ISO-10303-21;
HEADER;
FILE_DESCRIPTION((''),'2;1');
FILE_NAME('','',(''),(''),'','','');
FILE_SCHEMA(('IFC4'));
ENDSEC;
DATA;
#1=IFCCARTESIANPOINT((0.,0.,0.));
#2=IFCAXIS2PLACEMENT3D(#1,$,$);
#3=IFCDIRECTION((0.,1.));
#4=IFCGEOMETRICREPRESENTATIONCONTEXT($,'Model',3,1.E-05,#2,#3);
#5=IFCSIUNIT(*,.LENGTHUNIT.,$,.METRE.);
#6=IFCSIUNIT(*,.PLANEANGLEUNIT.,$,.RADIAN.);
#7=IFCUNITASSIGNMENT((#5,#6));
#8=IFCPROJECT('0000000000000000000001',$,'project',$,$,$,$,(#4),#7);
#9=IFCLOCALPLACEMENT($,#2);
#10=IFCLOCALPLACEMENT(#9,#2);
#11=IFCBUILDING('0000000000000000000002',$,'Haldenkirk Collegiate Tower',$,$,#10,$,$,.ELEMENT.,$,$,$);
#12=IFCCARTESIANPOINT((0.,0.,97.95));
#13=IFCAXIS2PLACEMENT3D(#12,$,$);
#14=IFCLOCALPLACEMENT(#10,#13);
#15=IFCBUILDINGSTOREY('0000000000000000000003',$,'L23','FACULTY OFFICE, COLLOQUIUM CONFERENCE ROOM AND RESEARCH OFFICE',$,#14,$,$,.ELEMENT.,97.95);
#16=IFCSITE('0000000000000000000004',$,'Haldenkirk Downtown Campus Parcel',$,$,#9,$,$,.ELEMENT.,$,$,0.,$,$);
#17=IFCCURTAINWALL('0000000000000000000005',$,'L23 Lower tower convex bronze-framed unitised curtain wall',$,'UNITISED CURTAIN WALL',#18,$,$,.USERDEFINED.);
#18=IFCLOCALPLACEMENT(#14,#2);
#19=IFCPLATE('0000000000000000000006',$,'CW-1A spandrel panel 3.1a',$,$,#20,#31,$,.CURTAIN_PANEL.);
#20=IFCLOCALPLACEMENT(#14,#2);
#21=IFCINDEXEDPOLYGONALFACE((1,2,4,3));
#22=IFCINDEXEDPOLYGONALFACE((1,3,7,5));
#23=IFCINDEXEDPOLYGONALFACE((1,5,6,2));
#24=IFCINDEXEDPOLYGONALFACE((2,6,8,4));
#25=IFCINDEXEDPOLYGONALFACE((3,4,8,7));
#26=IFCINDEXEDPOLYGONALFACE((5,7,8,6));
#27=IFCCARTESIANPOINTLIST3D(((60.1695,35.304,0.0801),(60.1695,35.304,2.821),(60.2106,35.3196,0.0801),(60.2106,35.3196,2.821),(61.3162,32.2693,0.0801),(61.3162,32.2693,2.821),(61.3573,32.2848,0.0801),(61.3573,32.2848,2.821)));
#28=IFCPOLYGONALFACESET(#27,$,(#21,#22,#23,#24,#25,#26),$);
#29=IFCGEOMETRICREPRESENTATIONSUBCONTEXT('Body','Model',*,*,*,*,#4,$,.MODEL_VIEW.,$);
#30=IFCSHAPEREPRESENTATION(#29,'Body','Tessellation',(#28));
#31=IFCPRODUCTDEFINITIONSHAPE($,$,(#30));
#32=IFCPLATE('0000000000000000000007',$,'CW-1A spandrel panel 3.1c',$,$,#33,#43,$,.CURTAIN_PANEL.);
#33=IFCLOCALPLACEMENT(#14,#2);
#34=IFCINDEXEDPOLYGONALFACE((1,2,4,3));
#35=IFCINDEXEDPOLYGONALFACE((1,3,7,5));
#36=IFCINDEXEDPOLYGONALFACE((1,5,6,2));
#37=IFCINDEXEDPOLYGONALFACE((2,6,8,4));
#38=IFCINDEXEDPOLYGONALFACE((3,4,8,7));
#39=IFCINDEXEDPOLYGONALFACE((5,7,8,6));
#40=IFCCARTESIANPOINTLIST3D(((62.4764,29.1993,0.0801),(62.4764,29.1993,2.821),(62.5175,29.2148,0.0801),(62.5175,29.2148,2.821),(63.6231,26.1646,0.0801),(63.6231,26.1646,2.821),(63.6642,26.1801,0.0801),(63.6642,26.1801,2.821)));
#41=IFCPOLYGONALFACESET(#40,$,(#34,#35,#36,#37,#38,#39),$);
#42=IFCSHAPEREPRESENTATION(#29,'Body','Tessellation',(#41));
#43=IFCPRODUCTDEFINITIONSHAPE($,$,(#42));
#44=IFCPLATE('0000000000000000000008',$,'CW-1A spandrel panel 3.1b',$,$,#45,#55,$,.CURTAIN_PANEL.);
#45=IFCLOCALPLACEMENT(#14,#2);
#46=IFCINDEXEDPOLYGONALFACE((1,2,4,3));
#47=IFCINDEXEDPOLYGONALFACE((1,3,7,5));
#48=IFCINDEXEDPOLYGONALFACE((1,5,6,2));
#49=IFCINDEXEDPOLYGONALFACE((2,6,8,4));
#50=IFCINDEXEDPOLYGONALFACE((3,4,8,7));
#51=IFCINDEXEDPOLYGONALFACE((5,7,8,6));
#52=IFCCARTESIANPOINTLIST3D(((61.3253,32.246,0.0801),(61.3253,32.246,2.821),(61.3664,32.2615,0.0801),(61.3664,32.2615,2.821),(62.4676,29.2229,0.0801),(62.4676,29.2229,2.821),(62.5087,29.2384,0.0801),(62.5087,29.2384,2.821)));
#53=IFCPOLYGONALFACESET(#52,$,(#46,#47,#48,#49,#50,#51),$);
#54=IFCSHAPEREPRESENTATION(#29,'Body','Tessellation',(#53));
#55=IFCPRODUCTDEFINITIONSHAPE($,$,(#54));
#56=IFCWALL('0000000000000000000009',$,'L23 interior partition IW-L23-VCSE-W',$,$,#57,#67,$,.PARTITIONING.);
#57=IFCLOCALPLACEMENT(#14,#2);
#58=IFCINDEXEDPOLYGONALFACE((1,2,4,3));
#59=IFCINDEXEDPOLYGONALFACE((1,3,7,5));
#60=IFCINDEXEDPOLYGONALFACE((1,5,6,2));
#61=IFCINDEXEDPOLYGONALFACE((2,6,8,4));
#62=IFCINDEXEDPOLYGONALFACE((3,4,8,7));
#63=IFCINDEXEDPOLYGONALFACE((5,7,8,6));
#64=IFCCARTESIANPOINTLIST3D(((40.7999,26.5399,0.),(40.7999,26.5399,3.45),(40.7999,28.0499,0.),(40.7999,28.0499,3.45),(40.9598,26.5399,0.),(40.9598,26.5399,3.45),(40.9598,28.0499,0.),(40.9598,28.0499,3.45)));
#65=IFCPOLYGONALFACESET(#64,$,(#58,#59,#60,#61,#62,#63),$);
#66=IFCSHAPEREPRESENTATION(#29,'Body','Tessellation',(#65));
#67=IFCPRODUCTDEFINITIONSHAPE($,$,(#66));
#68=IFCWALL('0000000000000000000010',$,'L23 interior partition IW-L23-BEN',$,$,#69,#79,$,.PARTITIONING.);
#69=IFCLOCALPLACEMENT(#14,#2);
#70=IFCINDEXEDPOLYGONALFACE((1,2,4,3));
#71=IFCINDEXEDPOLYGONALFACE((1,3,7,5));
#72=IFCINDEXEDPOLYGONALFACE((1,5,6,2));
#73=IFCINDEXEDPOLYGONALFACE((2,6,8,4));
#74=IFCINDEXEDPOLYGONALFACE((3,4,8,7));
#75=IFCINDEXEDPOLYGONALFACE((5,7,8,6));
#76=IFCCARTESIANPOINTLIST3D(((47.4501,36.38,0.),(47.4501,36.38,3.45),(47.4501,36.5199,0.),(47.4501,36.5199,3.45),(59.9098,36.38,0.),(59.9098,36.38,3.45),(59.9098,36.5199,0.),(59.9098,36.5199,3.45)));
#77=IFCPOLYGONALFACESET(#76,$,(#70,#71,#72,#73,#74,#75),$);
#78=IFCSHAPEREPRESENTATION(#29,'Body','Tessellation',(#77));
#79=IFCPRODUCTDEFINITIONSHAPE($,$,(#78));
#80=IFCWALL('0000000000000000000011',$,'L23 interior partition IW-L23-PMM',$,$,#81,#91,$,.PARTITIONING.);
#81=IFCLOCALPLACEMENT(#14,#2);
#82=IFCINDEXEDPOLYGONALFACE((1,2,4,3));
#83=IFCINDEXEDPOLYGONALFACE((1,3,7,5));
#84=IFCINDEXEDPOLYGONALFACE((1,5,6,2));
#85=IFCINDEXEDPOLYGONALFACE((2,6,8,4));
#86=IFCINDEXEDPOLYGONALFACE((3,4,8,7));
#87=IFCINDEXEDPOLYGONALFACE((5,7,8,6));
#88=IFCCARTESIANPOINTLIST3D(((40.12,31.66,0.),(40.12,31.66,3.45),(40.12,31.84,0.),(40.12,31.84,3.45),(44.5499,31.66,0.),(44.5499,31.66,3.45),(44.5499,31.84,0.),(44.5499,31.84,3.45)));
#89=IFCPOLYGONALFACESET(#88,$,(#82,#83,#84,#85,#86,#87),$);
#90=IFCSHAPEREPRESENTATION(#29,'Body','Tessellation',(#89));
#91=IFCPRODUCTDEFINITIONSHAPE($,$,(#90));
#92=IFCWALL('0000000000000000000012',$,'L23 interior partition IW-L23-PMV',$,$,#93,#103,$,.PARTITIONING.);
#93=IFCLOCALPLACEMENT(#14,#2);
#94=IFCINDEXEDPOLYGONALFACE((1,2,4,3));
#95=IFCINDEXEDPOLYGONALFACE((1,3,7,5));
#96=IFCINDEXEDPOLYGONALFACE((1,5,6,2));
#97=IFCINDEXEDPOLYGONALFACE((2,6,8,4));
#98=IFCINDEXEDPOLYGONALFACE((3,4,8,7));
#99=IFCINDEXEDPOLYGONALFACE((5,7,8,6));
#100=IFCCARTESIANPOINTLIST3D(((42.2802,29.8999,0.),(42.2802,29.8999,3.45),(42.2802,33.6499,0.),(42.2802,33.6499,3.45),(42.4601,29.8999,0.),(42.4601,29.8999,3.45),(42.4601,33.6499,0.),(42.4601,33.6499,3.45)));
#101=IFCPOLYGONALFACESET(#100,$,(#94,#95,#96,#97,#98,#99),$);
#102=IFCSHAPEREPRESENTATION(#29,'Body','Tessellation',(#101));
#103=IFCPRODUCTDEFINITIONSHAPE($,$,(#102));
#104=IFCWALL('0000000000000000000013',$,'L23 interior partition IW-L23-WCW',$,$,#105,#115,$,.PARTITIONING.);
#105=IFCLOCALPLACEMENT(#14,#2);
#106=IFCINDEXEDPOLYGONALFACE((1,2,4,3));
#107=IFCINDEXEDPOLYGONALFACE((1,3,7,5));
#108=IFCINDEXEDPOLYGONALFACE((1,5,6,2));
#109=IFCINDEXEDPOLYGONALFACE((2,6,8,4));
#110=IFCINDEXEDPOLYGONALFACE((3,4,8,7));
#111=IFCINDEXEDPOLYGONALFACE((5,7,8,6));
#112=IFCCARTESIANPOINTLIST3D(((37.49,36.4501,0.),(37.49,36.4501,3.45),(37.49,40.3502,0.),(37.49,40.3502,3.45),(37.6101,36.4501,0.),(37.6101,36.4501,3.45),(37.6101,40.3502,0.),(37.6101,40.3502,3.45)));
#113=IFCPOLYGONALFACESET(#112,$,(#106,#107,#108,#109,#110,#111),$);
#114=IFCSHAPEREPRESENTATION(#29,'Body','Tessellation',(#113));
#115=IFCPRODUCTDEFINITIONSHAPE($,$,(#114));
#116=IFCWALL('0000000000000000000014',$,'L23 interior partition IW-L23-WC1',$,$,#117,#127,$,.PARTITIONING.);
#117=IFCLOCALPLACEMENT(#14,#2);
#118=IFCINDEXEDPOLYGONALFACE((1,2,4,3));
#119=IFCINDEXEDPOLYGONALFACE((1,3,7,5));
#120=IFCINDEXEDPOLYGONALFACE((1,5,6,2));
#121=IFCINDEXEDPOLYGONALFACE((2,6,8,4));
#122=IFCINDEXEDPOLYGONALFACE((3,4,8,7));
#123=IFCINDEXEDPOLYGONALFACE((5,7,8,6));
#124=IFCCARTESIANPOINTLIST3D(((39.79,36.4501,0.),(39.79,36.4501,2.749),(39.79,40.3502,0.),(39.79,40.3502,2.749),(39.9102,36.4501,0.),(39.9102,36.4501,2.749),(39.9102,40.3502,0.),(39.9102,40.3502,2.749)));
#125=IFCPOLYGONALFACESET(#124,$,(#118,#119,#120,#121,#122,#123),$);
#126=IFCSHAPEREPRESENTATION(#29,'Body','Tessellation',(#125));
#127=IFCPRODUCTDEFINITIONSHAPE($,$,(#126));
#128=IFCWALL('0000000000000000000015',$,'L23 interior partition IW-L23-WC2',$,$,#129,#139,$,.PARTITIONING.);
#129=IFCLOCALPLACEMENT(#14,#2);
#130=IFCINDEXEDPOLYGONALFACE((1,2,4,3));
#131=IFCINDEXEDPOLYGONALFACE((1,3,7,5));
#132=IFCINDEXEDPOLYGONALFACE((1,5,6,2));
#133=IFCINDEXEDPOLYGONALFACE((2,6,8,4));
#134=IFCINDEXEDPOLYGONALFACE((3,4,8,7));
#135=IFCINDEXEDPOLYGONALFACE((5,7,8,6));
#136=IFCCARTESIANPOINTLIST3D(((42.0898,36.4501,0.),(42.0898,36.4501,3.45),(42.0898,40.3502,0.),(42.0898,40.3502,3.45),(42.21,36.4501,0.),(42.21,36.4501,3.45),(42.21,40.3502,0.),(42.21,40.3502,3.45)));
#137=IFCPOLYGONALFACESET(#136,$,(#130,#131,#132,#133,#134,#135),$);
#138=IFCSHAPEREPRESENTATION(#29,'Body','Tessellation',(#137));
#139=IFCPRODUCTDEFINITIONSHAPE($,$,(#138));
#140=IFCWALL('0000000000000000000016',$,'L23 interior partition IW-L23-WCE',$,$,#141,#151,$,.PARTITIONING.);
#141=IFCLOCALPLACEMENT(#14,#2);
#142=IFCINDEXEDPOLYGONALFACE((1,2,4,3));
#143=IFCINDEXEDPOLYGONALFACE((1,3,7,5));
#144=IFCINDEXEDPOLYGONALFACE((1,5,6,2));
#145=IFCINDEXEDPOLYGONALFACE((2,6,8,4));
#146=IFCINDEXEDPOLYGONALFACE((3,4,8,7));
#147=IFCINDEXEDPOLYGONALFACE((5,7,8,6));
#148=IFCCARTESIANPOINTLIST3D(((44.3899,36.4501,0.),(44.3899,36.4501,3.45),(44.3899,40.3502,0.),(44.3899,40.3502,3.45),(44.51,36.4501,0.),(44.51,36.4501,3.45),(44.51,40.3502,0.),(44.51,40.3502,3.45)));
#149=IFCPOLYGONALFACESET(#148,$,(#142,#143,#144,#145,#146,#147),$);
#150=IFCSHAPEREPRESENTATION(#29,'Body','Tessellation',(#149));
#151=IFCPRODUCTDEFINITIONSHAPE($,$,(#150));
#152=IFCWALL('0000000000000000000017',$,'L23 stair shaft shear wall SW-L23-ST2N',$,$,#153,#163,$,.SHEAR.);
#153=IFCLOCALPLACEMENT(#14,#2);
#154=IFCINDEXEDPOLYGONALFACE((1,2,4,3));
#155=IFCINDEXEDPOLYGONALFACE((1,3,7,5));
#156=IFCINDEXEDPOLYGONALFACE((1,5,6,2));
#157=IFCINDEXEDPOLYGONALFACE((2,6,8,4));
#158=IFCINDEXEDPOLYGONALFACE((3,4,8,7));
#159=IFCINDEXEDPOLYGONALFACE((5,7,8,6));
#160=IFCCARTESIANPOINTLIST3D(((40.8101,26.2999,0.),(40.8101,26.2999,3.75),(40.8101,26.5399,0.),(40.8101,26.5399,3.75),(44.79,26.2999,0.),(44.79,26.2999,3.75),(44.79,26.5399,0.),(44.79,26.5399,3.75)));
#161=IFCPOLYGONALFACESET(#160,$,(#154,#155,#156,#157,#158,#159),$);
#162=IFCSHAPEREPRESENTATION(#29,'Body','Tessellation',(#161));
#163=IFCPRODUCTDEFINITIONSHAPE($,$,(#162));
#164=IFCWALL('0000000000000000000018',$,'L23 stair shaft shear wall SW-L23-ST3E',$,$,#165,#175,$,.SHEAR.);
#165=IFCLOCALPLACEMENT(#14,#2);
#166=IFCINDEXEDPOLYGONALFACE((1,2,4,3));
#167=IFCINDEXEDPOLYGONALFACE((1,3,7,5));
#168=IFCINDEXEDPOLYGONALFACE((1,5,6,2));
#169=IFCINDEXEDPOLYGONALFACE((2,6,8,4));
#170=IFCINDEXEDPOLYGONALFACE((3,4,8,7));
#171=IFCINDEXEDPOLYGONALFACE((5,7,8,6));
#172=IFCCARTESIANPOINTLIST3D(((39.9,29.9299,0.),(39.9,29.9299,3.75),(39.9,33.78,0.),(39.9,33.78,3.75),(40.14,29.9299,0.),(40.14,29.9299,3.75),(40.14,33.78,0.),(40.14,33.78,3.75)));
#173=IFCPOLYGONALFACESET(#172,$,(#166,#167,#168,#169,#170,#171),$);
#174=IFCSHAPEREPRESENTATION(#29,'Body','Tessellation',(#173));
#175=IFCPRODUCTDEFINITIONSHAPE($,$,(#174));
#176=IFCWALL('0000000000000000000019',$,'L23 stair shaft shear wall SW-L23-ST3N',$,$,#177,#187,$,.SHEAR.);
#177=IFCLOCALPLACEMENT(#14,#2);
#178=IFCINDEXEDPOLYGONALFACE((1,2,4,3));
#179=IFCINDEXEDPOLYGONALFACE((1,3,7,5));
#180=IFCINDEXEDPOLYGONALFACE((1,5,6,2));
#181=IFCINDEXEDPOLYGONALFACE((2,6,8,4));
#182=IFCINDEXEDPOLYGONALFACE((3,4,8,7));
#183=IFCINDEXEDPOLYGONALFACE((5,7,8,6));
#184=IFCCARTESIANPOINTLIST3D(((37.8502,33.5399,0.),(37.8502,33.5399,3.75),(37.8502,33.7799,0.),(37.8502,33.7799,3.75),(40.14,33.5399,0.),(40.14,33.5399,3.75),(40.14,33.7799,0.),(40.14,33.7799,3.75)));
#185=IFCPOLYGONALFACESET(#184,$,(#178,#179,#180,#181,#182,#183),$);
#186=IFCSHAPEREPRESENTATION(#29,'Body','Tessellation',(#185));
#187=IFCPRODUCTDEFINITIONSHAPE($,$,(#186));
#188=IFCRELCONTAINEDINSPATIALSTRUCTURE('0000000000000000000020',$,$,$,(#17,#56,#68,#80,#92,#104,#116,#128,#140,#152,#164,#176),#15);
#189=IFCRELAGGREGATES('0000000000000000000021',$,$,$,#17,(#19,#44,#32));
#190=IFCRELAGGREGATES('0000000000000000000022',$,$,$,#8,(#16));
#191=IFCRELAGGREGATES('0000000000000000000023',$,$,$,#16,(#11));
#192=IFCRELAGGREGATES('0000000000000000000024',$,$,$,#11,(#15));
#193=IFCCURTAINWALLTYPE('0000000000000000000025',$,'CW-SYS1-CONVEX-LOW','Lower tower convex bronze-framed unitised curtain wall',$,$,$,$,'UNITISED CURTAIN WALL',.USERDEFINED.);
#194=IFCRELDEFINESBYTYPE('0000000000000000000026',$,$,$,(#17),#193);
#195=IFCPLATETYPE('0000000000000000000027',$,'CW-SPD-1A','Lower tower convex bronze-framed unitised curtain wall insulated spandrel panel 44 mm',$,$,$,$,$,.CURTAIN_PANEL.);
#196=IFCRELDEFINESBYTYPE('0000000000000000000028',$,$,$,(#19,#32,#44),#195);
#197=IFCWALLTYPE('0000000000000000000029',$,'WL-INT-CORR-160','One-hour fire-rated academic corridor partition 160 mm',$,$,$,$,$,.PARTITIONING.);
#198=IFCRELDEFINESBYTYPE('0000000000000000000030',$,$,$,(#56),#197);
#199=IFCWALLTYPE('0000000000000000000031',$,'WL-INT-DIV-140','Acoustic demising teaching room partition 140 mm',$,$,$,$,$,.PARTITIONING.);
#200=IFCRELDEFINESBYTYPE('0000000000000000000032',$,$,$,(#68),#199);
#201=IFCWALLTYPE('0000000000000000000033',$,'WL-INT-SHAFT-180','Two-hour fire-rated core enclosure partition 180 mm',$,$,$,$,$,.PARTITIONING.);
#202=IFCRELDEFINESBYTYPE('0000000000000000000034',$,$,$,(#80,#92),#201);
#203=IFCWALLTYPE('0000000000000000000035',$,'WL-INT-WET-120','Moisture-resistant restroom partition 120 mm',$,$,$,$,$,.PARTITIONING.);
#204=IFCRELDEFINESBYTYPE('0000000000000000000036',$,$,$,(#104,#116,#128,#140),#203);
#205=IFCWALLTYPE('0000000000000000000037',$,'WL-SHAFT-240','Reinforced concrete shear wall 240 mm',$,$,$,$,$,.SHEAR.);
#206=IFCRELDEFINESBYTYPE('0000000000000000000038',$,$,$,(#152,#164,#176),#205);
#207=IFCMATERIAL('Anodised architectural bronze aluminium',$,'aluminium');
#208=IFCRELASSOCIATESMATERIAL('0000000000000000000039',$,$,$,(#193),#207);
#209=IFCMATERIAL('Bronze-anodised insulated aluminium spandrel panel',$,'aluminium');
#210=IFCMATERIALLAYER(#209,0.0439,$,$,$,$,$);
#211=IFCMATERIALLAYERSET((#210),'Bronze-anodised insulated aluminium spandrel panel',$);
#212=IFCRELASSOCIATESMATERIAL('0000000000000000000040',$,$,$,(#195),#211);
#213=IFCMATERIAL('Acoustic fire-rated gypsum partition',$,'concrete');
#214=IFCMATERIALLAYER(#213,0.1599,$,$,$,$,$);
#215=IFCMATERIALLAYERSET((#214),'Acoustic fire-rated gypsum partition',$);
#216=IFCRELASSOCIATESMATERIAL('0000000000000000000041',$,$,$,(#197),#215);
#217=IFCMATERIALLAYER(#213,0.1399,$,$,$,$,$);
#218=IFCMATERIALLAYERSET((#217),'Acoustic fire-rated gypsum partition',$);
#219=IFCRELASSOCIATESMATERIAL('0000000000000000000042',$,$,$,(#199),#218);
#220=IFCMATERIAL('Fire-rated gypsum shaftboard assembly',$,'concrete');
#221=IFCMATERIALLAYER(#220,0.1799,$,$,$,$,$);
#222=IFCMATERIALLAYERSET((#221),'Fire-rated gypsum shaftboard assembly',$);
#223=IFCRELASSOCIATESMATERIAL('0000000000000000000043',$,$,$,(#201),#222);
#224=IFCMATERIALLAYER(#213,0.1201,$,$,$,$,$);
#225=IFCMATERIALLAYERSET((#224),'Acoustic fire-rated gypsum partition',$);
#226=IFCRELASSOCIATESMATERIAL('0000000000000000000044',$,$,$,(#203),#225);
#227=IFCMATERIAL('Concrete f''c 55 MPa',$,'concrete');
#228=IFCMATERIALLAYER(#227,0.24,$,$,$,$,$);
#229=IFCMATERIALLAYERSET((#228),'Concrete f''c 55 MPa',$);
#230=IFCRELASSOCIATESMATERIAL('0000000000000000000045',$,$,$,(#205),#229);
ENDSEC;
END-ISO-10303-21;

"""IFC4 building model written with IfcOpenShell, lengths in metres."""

from ifc_helpers import new_model, si_unit, direction, frame, frame_2d, origin, origin_2d, place, context, subcontext, project, spatial, rectangle, extrude, source, transform, mapped, material, layer, layer_set, type_object, element, aggregate, save


model = new_model("IFC4")

# Units and contexts
model_context = context("Model", 3, precision=1e-05, world=origin(), true_north=direction((0.0, 1.0)))
body_context = subcontext(model_context, "Body", "Model", "MODEL_VIEW")
ifc_project = project(units=[si_unit("LENGTHUNIT", "METRE"), si_unit("PLANEANGLEUNIT", "RADIAN")], contexts=[model_context])

# Site, building, storey
site_placement = place(None, origin())
site = spatial("IfcSite", under=ifc_project, at=site_placement, Name="Haldenkirk Downtown Campus Parcel", CompositionType="ELEMENT", RefElevation=0.0)
building_placement = place(site_placement, origin())
building = spatial("IfcBuilding", under=site, at=building_placement, Name="Haldenkirk Collegiate Tower", CompositionType="ELEMENT")
storey_placement = place(building_placement, frame((0.0, 0.0, 97.95)))
storey = spatial("IfcBuildingStorey", under=building, at=storey_placement, Name="L23", Description="FACULTY OFFICE, COLLOQUIUM CONFERENCE ROOM AND RESEARCH OFFICE", CompositionType="ELEMENT", Elevation=97.95)

# Curtain wall
ifc_material_1 = material(Name="Anodised architectural bronze aluminium", Category="aluminium")
curtain_wall_type = type_object("IfcCurtainWallType", Name="CW-SYS1-CONVEX-LOW", Description="Lower tower convex bronze-framed unitised curtain wall", ElementType="UNITISED CURTAIN WALL", PredefinedType="USERDEFINED", material=ifc_material_1)
curtain_wall_placement = place(storey_placement, origin())
curtain_wall = element("IfcCurtainWall", 1, at=curtain_wall_placement, inside=storey, type_object=curtain_wall_type, Name="L23 Lower tower convex bronze-framed unitised curtain wall", ObjectType="UNITISED CURTAIN WALL", PredefinedType="USERDEFINED")

# Plates
ifc_material_2 = material(Name="Bronze-anodised insulated aluminium spandrel panel", Category="aluminium")
ifc_layer_1 = layer(ifc_material_2, 0.0439)
ifc_layer_set_1 = layer_set([ifc_layer_1], Name="Bronze-anodised insulated aluminium spandrel panel")
plate_type = type_object("IfcPlateType", Name="CW-SPD-1A", Description="Lower tower convex bronze-framed unitised curtain wall insulated spandrel panel 44 mm", PredefinedType="CURTAIN_PANEL", material=ifc_layer_set_1)
shared_shape_1 = source(origin(), body_context, "Body", "SweptSolid", [
    extrude(rectangle(XDim=3.2441, YDim=0.0439, at=origin_2d()), origin(), (0.0, 0.0, 1.0), 2.741),
])
plate_1_placement = place(storey_placement, frame((60.7634, 33.7944, 0.0801), z_axis=(0.0, 0.0, 1.0), x_axis=(0.353477, -0.935443, 0.0)))
plate_1 = element("IfcPlate", 2, at=plate_1_placement, type_object=plate_type, Name="CW-1A spandrel panel 3.1a", PredefinedType="CURTAIN_PANEL", context=body_context, shape_type="MappedRepresentation", body=[
    mapped(shared_shape_1, transform((0.0, 0.0, 0.0), x_axis=(1.0, 0.0, 0.0), y_axis=(0.0, 1.0, 0.0), z_axis=(0.0, 0.0, 1.0), scale=1.0)),
])
plate_2_placement = place(storey_placement, frame((63.0703, 27.6897, 0.0801), z_axis=(0.0, 0.0, 1.0), x_axis=(0.353477, -0.935443, 0.0)))
plate_2 = element("IfcPlate", 3, at=plate_2_placement, type_object=plate_type, Name="CW-1A spandrel panel 3.1c", PredefinedType="CURTAIN_PANEL", context=body_context, shape_type="MappedRepresentation", body=[
    mapped(shared_shape_1, transform((0.0, 0.0, 0.0), x_axis=(1.0, 0.0, 0.0), y_axis=(0.0, 1.0, 0.0), z_axis=(0.0, 0.0, 1.0), scale=1.0)),
])
shared_shape_2 = source(origin(), body_context, "Body", "SweptSolid", [
    extrude(rectangle(XDim=3.2317, YDim=0.0439, at=origin_2d()), origin(), (0.0, 0.0, 1.0), 2.741),
])
plate_3_placement = place(storey_placement, frame((61.917, 30.7422, 0.0801), z_axis=(0.0, 0.0, 1.0), x_axis=(0.353477, -0.935443, 0.0)))
plate_3 = element("IfcPlate", 4, at=plate_3_placement, type_object=plate_type, Name="CW-1A spandrel panel 3.1b", PredefinedType="CURTAIN_PANEL", context=body_context, shape_type="MappedRepresentation", body=[
    mapped(shared_shape_2, transform((0.0, 0.0, 0.0), x_axis=(1.0, 0.0, 0.0), y_axis=(0.0, 1.0, 0.0), z_axis=(0.0, 0.0, 1.0), scale=1.0)),
])
aggregate(curtain_wall, [plate_1, plate_3, plate_2])

# Shared definitions
ifc_material_3 = material(Name="Acoustic fire-rated gypsum partition", Category="concrete")
ifc_layer_2 = layer(ifc_material_3, 0.1599)
ifc_layer_set_2 = layer_set([ifc_layer_2], Name="Acoustic fire-rated gypsum partition")
wall_type_1 = type_object("IfcWallType", Name="WL-INT-CORR-160", Description="One-hour fire-rated academic corridor partition 160 mm", PredefinedType="PARTITIONING", material=ifc_layer_set_2)

# Walls
wall_1_placement = place(storey_placement, frame((40.8799, 26.54, 0.0), z_axis=(0.0, 0.0, 1.0), x_axis=(0.0, 1.0, 0.0)))
element("IfcWall", 5, at=wall_1_placement, inside=storey, type_object=wall_type_1, Name="L23 interior partition IW-L23-VCSE-W", PredefinedType="PARTITIONING", context=body_context, shape_type="SweptSolid", body=[
    extrude(rectangle(XDim=1.51, YDim=0.1599, at=frame_2d((0.7549, 0.0))), origin(), (0.0, 0.0, 1.0), 3.45),
])
ifc_layer_3 = layer(ifc_material_3, 0.1399)
ifc_layer_set_3 = layer_set([ifc_layer_3], Name="Acoustic fire-rated gypsum partition")
wall_type_2 = type_object("IfcWallType", Name="WL-INT-DIV-140", Description="Acoustic demising teaching room partition 140 mm", PredefinedType="PARTITIONING", material=ifc_layer_set_3)
wall_2_placement = place(storey_placement, frame((47.45, 36.45, 0.0), z_axis=(0.0, 0.0, 1.0), x_axis=(1.0, 0.0, 0.0)))
element("IfcWall", 6, at=wall_2_placement, inside=storey, type_object=wall_type_2, Name="L23 interior partition IW-L23-BEN", PredefinedType="PARTITIONING", context=body_context, shape_type="SweptSolid", body=[
    extrude(rectangle(XDim=12.4597, YDim=0.1399, at=frame_2d((6.23, 0.0))), origin(), (0.0, 0.0, 1.0), 3.45),
])

# Shared definitions
ifc_material_4 = material(Name="Fire-rated gypsum shaftboard assembly", Category="concrete")
ifc_layer_4 = layer(ifc_material_4, 0.1799)
ifc_layer_set_4 = layer_set([ifc_layer_4], Name="Fire-rated gypsum shaftboard assembly")
wall_type_3 = type_object("IfcWallType", Name="WL-INT-SHAFT-180", Description="Two-hour fire-rated core enclosure partition 180 mm", PredefinedType="PARTITIONING", material=ifc_layer_set_4)

# Walls
wall_3_placement = place(storey_placement, frame((40.1201, 31.75, 0.0), z_axis=(0.0, 0.0, 1.0), x_axis=(1.0, 0.0, 0.0)))
element("IfcWall", 7, at=wall_3_placement, inside=storey, type_object=wall_type_3, Name="L23 interior partition IW-L23-PMM", PredefinedType="PARTITIONING", context=body_context, shape_type="SweptSolid", body=[
    extrude(rectangle(XDim=4.4299, YDim=0.1799, at=frame_2d((2.2148, 0.0))), origin(), (0.0, 0.0, 1.0), 3.45),
])
wall_4_placement = place(storey_placement, frame((42.3701, 29.8999, 0.0), z_axis=(0.0, 0.0, 1.0), x_axis=(0.0, 1.0, 0.0)))
element("IfcWall", 8, at=wall_4_placement, inside=storey, type_object=wall_type_3, Name="L23 interior partition IW-L23-PMV", PredefinedType="PARTITIONING", context=body_context, shape_type="SweptSolid", body=[
    extrude(rectangle(XDim=3.75, YDim=0.1799, at=frame_2d((1.875, 0.0))), origin(), (0.0, 0.0, 1.0), 3.45),
])
ifc_layer_5 = layer(ifc_material_3, 0.1201)
ifc_layer_set_5 = layer_set([ifc_layer_5], Name="Acoustic fire-rated gypsum partition")
wall_type_4 = type_object("IfcWallType", Name="WL-INT-WET-120", Description="Moisture-resistant restroom partition 120 mm", PredefinedType="PARTITIONING", material=ifc_layer_set_5)
wall_5_placement = place(storey_placement, frame((37.55, 36.45, 0.0), z_axis=(0.0, 0.0, 1.0), x_axis=(0.0, 1.0, 0.0)))
element("IfcWall", 9, at=wall_5_placement, inside=storey, type_object=wall_type_4, Name="L23 interior partition IW-L23-WCW", PredefinedType="PARTITIONING", context=body_context, shape_type="SweptSolid", body=[
    extrude(rectangle(XDim=3.9001, YDim=0.1201, at=frame_2d((1.9502, 0.0))), origin(), (0.0, 0.0, 1.0), 3.45),
])
wall_6_placement = place(storey_placement, frame((39.8501, 36.45, 0.0), z_axis=(0.0, 0.0, 1.0), x_axis=(0.0, 1.0, 0.0)))
element("IfcWall", 10, at=wall_6_placement, inside=storey, type_object=wall_type_4, Name="L23 interior partition IW-L23-WC1", PredefinedType="PARTITIONING", context=body_context, shape_type="SweptSolid", body=[
    extrude(rectangle(XDim=3.9001, YDim=0.1201, at=frame_2d((1.9502, 0.0))), origin(), (0.0, 0.0, 1.0), 2.749),
])
for number, where, z_axis, x_axis, name in (
    (11, (42.1499, 36.45, 0.0), (0.0, 0.0, 1.0), (0.0, 1.0, 0.0), "L23 interior partition IW-L23-WC2"),
    (12, (44.45, 36.45, 0.0), (0.0, 0.0, 1.0), (0.0, 1.0, 0.0), "L23 interior partition IW-L23-WCE"),
):
    element("IfcWall", number, at=place(storey_placement, frame(where, z_axis=z_axis, x_axis=x_axis)), inside=storey, type_object=wall_type_4, Name=name, PredefinedType="PARTITIONING", context=body_context, shape_type="SweptSolid", body=[
        extrude(rectangle(XDim=3.9001, YDim=0.1201, at=frame_2d((1.9502, 0.0))), origin(), (0.0, 0.0, 1.0), 3.45),
    ])
ifc_material_5 = material(Name="Concrete f'c 55 MPa", Category="concrete")
ifc_layer_6 = layer(ifc_material_5, 0.24)
ifc_layer_set_6 = layer_set([ifc_layer_6], Name="Concrete f'c 55 MPa")
wall_type_5 = type_object("IfcWallType", Name="WL-SHAFT-240", Description="Reinforced concrete shear wall 240 mm", PredefinedType="SHEAR", material=ifc_layer_set_6)
wall_7_placement = place(storey_placement, frame((40.8101, 26.4199, 0.0), z_axis=(0.0, 0.0, 1.0), x_axis=(1.0, 0.0, 0.0)))
element("IfcWall", 13, at=wall_7_placement, inside=storey, type_object=wall_type_5, Name="L23 stair shaft shear wall SW-L23-ST2N", PredefinedType="SHEAR", context=body_context, shape_type="SweptSolid", body=[
    extrude(rectangle(XDim=3.98, YDim=0.24, at=frame_2d((1.99, 0.0))), origin(), (0.0, 0.0, 1.0), 3.75),
])
wall_8_placement = place(storey_placement, frame((40.02, 29.9299, 0.0), z_axis=(0.0, 0.0, 1.0), x_axis=(0.0, 1.0, 0.0)))
element("IfcWall", 14, at=wall_8_placement, inside=storey, type_object=wall_type_5, Name="L23 stair shaft shear wall SW-L23-ST3E", PredefinedType="SHEAR", context=body_context, shape_type="SweptSolid", body=[
    extrude(rectangle(XDim=3.8501, YDim=0.24, at=frame_2d((1.925, 0.0))), origin(), (0.0, 0.0, 1.0), 3.75),
])
wall_9_placement = place(storey_placement, frame((37.8501, 33.6599, 0.0), z_axis=(0.0, 0.0, 1.0), x_axis=(1.0, 0.0, 0.0)))
element("IfcWall", 15, at=wall_9_placement, inside=storey, type_object=wall_type_5, Name="L23 stair shaft shear wall SW-L23-ST3N", PredefinedType="SHEAR", context=body_context, shape_type="SweptSolid", body=[
    extrude(rectangle(XDim=2.2898, YDim=0.24, at=frame_2d((1.145, 0.0))), origin(), (0.0, 0.0, 1.0), 3.75),
])

save(model, "model.ifc")
